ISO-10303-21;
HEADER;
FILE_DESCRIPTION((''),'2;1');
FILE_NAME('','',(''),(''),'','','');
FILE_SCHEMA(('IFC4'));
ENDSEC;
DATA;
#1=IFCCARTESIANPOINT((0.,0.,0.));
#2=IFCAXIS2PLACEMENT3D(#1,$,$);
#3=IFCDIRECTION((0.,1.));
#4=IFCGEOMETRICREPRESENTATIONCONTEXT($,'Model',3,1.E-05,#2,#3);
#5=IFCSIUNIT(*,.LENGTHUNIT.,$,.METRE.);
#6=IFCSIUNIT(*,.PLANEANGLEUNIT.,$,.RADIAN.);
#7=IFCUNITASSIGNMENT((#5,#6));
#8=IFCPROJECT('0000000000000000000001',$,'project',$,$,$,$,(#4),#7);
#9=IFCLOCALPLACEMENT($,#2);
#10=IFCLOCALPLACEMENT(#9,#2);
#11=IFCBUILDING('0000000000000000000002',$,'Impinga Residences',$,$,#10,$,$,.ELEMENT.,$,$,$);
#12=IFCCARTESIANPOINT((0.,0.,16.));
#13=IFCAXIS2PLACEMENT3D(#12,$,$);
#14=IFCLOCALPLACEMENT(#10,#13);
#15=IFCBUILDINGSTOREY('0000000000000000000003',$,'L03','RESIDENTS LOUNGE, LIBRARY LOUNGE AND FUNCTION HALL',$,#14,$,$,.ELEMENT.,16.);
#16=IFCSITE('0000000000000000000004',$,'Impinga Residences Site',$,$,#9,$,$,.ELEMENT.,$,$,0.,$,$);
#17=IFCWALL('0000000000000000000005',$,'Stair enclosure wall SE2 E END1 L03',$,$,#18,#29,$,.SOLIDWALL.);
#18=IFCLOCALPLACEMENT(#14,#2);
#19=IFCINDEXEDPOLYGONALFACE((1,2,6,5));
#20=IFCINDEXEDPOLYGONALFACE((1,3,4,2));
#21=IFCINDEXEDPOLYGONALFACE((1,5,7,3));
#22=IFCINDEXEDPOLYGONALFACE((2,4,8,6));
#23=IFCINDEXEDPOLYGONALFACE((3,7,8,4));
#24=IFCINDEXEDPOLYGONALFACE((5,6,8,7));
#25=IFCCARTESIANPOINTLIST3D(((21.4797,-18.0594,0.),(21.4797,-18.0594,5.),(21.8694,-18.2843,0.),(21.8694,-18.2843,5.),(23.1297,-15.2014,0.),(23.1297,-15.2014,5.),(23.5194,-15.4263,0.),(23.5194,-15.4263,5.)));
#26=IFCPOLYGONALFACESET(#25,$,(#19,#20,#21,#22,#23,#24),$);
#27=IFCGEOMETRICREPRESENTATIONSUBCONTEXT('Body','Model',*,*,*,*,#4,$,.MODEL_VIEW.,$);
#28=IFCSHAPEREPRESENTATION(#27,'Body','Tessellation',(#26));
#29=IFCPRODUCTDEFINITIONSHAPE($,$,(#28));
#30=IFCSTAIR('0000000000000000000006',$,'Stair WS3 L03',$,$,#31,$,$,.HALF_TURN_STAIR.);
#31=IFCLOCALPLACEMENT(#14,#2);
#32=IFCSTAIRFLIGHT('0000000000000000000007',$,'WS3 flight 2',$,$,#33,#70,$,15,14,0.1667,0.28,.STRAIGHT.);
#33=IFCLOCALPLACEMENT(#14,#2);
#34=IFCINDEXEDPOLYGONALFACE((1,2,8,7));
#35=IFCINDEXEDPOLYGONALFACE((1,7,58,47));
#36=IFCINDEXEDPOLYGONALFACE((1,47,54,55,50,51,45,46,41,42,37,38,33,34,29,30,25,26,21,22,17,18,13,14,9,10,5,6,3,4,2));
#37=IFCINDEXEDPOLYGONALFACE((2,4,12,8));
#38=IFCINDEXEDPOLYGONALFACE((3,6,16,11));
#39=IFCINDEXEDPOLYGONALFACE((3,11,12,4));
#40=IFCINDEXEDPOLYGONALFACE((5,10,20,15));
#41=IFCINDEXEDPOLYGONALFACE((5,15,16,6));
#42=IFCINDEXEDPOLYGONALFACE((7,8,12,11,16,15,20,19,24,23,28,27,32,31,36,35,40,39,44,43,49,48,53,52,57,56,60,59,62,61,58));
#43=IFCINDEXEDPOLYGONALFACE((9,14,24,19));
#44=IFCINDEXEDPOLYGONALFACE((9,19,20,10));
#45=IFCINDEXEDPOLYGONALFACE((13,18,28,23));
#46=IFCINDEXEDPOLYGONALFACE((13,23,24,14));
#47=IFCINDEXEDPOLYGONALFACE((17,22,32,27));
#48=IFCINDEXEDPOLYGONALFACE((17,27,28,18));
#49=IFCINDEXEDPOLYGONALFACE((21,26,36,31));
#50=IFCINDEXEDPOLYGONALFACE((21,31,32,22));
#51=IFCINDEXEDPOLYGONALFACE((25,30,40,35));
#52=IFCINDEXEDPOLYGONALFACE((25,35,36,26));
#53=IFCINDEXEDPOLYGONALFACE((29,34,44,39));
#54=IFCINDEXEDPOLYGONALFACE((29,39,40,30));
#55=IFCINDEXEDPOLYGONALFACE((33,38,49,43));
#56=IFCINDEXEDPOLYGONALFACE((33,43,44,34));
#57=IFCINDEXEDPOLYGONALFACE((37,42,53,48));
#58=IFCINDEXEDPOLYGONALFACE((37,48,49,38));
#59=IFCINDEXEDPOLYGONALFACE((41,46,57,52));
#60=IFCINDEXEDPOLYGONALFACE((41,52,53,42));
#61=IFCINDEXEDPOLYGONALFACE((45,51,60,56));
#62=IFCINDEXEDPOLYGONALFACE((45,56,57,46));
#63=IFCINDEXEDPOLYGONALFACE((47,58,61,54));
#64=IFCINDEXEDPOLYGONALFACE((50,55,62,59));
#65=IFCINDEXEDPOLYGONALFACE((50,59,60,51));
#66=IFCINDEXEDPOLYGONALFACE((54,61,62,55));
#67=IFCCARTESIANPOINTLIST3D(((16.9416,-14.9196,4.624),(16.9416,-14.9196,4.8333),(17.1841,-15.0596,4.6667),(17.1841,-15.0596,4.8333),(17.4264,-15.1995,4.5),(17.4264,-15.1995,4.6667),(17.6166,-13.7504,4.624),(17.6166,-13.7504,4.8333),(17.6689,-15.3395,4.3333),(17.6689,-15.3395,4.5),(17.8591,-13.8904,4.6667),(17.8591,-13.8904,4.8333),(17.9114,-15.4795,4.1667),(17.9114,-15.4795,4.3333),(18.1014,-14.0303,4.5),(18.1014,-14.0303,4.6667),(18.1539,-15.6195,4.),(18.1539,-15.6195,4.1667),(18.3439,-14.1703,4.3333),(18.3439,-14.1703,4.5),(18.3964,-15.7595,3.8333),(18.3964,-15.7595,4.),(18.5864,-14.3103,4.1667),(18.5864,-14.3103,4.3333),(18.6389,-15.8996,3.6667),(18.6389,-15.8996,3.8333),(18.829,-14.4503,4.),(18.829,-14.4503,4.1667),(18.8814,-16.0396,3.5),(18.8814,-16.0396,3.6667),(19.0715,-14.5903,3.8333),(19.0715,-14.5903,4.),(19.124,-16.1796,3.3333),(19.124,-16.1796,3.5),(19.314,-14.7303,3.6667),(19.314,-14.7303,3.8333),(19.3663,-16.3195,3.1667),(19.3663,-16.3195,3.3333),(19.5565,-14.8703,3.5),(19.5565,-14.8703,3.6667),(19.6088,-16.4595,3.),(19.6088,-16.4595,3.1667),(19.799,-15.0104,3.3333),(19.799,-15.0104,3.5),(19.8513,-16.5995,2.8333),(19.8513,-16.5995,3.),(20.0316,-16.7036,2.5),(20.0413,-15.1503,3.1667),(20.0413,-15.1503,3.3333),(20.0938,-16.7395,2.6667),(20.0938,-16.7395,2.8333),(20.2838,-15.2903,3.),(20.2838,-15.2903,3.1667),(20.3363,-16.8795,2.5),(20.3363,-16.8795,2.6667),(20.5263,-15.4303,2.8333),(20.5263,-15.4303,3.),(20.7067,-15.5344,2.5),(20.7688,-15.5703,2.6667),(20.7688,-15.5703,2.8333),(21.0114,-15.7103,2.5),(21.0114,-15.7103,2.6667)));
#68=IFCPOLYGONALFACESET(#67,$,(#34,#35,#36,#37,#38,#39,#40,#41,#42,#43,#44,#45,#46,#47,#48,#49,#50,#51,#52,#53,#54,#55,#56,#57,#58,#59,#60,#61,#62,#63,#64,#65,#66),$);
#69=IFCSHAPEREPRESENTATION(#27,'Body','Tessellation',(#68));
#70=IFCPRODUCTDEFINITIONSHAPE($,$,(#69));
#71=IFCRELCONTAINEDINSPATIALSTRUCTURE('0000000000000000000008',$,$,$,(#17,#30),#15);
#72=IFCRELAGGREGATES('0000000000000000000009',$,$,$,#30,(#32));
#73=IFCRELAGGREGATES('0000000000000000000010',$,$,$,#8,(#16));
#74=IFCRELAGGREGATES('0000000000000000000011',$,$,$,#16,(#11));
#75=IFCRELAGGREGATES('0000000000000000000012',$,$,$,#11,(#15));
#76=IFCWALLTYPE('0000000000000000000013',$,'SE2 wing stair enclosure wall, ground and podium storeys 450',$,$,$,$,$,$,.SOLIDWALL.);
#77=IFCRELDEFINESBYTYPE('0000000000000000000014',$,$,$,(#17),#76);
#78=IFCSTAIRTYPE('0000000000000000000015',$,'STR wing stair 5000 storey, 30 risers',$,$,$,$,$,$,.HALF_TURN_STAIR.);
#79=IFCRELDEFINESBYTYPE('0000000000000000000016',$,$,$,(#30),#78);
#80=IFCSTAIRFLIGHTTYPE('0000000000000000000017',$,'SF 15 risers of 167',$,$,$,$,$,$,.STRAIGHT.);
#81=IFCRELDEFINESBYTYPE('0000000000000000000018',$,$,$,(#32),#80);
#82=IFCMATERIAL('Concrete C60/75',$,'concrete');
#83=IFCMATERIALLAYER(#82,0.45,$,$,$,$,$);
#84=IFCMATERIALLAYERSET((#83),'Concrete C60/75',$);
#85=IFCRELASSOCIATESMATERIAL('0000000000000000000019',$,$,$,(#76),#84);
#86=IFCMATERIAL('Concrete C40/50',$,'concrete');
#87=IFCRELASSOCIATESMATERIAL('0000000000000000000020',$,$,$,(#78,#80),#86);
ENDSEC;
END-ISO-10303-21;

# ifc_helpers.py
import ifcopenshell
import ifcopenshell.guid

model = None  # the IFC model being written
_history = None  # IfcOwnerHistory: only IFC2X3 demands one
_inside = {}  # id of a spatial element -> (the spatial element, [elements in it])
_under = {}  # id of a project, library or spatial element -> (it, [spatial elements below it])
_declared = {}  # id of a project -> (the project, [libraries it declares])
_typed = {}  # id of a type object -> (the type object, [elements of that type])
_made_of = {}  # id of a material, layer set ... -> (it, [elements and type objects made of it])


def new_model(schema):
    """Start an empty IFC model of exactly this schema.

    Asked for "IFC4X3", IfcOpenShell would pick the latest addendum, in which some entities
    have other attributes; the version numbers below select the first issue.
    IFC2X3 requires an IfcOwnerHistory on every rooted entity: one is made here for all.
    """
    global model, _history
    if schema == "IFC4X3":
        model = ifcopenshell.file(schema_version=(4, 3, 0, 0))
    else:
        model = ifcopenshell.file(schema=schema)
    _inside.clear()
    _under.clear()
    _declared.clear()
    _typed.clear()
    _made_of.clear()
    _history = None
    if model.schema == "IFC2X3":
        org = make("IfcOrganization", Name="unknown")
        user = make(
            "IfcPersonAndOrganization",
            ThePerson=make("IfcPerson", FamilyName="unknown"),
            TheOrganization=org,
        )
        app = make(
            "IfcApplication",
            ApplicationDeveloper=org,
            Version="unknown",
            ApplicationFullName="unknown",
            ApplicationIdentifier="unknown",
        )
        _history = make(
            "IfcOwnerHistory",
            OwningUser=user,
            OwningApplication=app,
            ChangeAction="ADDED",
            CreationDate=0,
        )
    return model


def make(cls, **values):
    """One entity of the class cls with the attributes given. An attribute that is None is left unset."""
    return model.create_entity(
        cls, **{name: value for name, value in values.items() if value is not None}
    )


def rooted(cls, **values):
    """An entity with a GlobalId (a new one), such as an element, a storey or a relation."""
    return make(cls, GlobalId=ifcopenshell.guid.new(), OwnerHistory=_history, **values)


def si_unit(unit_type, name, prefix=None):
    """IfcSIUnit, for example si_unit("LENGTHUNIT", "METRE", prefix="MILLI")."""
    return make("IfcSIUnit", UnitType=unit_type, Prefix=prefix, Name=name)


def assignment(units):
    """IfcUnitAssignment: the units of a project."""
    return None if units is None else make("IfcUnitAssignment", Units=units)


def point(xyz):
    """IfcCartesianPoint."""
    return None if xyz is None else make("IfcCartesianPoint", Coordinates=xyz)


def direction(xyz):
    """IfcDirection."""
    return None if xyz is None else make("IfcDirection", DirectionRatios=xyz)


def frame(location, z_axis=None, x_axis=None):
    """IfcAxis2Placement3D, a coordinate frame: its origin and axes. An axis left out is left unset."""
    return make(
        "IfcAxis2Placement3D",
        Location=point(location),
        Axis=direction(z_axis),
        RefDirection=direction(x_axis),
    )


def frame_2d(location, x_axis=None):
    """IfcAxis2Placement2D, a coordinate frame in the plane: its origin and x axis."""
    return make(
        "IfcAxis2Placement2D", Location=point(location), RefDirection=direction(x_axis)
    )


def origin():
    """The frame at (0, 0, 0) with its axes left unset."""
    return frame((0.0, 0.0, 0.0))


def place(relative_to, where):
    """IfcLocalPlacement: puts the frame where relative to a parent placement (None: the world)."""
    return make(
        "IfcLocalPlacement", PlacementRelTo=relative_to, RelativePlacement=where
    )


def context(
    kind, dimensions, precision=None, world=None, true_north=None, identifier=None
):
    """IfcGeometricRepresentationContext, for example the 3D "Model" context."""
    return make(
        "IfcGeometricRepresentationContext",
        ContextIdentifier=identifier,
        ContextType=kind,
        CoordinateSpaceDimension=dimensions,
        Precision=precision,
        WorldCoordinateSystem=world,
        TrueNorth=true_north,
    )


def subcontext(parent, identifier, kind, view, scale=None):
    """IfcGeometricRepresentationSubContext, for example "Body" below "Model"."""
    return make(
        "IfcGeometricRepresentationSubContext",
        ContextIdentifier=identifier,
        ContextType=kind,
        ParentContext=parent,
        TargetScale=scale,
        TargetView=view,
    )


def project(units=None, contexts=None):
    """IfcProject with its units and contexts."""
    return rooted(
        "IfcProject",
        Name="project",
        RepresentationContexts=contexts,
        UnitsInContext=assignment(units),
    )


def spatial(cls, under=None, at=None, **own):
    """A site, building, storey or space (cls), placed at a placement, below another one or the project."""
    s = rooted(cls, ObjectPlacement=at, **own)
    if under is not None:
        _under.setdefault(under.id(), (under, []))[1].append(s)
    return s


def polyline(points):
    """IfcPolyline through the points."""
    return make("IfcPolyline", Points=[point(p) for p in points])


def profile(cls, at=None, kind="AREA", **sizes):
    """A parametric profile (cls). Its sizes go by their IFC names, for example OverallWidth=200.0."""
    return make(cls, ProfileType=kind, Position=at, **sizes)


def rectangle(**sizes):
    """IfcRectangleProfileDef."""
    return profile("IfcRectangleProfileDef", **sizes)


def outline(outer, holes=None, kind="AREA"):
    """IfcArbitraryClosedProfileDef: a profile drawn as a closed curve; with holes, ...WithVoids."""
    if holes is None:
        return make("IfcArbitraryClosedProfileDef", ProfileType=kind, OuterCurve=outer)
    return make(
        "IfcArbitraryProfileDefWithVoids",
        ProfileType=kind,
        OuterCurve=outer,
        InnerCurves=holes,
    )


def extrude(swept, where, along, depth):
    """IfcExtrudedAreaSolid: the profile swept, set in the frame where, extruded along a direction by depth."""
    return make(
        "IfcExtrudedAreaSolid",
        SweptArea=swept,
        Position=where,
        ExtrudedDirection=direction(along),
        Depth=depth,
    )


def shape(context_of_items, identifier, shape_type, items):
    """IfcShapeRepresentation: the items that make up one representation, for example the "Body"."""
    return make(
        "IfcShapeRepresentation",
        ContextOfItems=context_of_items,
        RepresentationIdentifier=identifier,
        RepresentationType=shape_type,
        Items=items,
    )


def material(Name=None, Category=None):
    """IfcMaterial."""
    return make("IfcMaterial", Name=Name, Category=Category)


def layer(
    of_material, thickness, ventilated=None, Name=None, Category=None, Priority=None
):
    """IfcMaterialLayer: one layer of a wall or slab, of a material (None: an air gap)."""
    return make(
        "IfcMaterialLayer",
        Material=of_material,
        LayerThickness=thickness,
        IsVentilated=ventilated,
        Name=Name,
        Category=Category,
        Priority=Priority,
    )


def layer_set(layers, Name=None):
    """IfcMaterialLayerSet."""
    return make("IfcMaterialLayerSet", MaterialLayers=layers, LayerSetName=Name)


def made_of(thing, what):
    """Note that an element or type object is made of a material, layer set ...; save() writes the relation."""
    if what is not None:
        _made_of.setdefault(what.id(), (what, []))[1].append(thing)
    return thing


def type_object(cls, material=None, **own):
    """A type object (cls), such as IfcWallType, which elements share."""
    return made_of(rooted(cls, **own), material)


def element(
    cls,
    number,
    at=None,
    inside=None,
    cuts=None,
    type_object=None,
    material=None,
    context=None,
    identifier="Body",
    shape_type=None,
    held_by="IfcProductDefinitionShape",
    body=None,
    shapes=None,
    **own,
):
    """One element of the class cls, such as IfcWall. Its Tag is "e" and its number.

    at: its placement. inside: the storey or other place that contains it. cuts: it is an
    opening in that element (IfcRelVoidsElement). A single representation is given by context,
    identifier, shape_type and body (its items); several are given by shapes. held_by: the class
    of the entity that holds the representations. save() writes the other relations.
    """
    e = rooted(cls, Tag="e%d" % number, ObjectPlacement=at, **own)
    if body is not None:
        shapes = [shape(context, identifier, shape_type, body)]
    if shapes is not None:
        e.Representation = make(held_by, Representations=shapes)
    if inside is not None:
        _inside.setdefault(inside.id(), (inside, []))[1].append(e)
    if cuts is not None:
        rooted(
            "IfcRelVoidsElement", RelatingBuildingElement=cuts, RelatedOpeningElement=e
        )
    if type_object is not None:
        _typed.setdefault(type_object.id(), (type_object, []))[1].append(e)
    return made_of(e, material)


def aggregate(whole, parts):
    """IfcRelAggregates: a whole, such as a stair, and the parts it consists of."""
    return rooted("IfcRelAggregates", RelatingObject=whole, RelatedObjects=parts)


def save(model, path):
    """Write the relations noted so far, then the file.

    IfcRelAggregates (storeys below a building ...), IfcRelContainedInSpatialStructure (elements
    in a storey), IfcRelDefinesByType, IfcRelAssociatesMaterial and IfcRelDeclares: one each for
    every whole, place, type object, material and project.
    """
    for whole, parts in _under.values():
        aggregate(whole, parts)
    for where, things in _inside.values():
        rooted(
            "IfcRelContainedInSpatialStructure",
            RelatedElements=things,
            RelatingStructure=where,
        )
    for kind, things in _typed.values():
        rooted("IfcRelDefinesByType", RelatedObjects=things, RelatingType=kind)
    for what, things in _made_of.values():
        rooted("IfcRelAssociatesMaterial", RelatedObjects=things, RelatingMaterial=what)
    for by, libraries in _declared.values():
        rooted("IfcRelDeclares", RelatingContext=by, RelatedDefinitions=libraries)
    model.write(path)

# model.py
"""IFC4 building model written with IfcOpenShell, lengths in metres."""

from ifc_helpers import new_model, si_unit, direction, frame, frame_2d, origin, place, context, subcontext, project, spatial, polyline, rectangle, outline, extrude, material, layer, layer_set, type_object, element, aggregate, save


model = new_model("IFC4")

# Units and contexts
model_context = context("Model", 3, precision=1e-05, world=origin(), true_north=direction((0.0, 1.0)))
body_context = subcontext(model_context, "Body", "Model", "MODEL_VIEW")
ifc_project = project(units=[si_unit("LENGTHUNIT", "METRE"), si_unit("PLANEANGLEUNIT", "RADIAN")], contexts=[model_context])

# Site, building, storey
site_placement = place(None, origin())
site = spatial("IfcSite", under=ifc_project, at=site_placement, Name="Impinga Residences Site", CompositionType="ELEMENT", RefElevation=0.0)
building_placement = place(site_placement, origin())
building = spatial("IfcBuilding", under=site, at=building_placement, Name="Impinga Residences", CompositionType="ELEMENT")
storey_placement = place(building_placement, frame((0.0, 0.0, 16.0)))
storey = spatial("IfcBuildingStorey", under=building, at=storey_placement, Name="L03", Description="RESIDENTS LOUNGE, LIBRARY LOUNGE AND FUNCTION HALL", CompositionType="ELEMENT", Elevation=16.0)

# Shared definitions
ifc_material_1 = material(Name="Concrete C60/75", Category="concrete")

# Wall
ifc_layer_1 = layer(ifc_material_1, 0.45)
ifc_layer_set_1 = layer_set([ifc_layer_1], Name="Concrete C60/75")
wall_type_1 = type_object("IfcWallType", Name="SE2 wing stair enclosure wall, ground and podium storeys 450", PredefinedType="SOLIDWALL", material=ifc_layer_set_1)
wall_1_placement = place(storey_placement, frame((23.3245, -15.314, 0.0), z_axis=(0.0, 0.0, 1.0), x_axis=(-0.499974, -0.86604, 0.0)))
element("IfcWall", 1, at=wall_1_placement, inside=storey, type_object=wall_type_1, Name="Stair enclosure wall SE2 E END1 L03", PredefinedType="SOLIDWALL", context=body_context, shape_type="SweptSolid", body=[
    extrude(rectangle(XDim=3.3, YDim=0.45, at=frame_2d((1.6499, 0.0))), origin(), (0.0, 0.0, 1.0), 5.0),
])

# Stair, stair flight
ifc_material_2 = material(Name="Concrete C40/50", Category="concrete")
stair_type = type_object("IfcStairType", Name="STR wing stair 5000 storey, 30 risers", PredefinedType="HALF_TURN_STAIR", material=ifc_material_2)
stair_placement = place(storey_placement, origin())
stair = element("IfcStair", 2, at=stair_placement, inside=storey, type_object=stair_type, Name="Stair WS3 L03", PredefinedType="HALF_TURN_STAIR")
stair_flight_type = type_object("IfcStairFlightType", Name="SF 15 risers of 167", PredefinedType="STRAIGHT", material=ifc_material_2)
stair_flight_placement = place(storey_placement, frame((20.6738, -16.2949, 2.5), z_axis=(0.0, 0.0, 1.0), x_axis=(-0.866025, 0.5, 0.0)))
stair_flight = element("IfcStairFlight", 3, at=stair_flight_placement, type_object=stair_flight_type, Name="WS3 flight 2", NumberOfRisers=15, NumberOfTreads=14, PredefinedType="STRAIGHT", RiserHeight=0.1667, TreadLength=0.28, context=body_context, shape_type="SweptSolid", body=[
    extrude(outline(polyline([(0.0, 0.0), (0.0, 0.1667), (0.28, 0.1667), (0.28, 0.3333), (0.5601, 0.3333), (0.5601, 0.5), (0.8401, 0.5), (0.8401, 0.6667), (1.1201, 0.6667), (1.1201, 0.8333), (1.3999, 0.8333), (1.3999, 1.0), (1.6799, 1.0), (1.6799, 1.1667), (1.96, 1.1667), (1.96, 1.3333), (2.24, 1.3333), (2.24, 1.5), (2.52, 1.5), (2.52, 1.6667), (2.8, 1.6667), (2.8, 1.8333), (3.0801, 1.8333), (3.0801, 2.0), (3.3601, 2.0), (3.3601, 2.1667), (3.6399, 2.1667), (3.6399, 2.3333), (3.9199, 2.3333), (3.9199, 2.5), (3.9199, 2.124), (0.3518, 0.0), (0.0, 0.0)])), frame((0.0, 0.675, 0.0), z_axis=(0.0, -1.0, 0.0), x_axis=(1.0, 0.0, 0.0)), (0.0, 0.0, 1.0), 1.3501),
])
aggregate(stair, [stair_flight])

save(model, "model.ifc")
